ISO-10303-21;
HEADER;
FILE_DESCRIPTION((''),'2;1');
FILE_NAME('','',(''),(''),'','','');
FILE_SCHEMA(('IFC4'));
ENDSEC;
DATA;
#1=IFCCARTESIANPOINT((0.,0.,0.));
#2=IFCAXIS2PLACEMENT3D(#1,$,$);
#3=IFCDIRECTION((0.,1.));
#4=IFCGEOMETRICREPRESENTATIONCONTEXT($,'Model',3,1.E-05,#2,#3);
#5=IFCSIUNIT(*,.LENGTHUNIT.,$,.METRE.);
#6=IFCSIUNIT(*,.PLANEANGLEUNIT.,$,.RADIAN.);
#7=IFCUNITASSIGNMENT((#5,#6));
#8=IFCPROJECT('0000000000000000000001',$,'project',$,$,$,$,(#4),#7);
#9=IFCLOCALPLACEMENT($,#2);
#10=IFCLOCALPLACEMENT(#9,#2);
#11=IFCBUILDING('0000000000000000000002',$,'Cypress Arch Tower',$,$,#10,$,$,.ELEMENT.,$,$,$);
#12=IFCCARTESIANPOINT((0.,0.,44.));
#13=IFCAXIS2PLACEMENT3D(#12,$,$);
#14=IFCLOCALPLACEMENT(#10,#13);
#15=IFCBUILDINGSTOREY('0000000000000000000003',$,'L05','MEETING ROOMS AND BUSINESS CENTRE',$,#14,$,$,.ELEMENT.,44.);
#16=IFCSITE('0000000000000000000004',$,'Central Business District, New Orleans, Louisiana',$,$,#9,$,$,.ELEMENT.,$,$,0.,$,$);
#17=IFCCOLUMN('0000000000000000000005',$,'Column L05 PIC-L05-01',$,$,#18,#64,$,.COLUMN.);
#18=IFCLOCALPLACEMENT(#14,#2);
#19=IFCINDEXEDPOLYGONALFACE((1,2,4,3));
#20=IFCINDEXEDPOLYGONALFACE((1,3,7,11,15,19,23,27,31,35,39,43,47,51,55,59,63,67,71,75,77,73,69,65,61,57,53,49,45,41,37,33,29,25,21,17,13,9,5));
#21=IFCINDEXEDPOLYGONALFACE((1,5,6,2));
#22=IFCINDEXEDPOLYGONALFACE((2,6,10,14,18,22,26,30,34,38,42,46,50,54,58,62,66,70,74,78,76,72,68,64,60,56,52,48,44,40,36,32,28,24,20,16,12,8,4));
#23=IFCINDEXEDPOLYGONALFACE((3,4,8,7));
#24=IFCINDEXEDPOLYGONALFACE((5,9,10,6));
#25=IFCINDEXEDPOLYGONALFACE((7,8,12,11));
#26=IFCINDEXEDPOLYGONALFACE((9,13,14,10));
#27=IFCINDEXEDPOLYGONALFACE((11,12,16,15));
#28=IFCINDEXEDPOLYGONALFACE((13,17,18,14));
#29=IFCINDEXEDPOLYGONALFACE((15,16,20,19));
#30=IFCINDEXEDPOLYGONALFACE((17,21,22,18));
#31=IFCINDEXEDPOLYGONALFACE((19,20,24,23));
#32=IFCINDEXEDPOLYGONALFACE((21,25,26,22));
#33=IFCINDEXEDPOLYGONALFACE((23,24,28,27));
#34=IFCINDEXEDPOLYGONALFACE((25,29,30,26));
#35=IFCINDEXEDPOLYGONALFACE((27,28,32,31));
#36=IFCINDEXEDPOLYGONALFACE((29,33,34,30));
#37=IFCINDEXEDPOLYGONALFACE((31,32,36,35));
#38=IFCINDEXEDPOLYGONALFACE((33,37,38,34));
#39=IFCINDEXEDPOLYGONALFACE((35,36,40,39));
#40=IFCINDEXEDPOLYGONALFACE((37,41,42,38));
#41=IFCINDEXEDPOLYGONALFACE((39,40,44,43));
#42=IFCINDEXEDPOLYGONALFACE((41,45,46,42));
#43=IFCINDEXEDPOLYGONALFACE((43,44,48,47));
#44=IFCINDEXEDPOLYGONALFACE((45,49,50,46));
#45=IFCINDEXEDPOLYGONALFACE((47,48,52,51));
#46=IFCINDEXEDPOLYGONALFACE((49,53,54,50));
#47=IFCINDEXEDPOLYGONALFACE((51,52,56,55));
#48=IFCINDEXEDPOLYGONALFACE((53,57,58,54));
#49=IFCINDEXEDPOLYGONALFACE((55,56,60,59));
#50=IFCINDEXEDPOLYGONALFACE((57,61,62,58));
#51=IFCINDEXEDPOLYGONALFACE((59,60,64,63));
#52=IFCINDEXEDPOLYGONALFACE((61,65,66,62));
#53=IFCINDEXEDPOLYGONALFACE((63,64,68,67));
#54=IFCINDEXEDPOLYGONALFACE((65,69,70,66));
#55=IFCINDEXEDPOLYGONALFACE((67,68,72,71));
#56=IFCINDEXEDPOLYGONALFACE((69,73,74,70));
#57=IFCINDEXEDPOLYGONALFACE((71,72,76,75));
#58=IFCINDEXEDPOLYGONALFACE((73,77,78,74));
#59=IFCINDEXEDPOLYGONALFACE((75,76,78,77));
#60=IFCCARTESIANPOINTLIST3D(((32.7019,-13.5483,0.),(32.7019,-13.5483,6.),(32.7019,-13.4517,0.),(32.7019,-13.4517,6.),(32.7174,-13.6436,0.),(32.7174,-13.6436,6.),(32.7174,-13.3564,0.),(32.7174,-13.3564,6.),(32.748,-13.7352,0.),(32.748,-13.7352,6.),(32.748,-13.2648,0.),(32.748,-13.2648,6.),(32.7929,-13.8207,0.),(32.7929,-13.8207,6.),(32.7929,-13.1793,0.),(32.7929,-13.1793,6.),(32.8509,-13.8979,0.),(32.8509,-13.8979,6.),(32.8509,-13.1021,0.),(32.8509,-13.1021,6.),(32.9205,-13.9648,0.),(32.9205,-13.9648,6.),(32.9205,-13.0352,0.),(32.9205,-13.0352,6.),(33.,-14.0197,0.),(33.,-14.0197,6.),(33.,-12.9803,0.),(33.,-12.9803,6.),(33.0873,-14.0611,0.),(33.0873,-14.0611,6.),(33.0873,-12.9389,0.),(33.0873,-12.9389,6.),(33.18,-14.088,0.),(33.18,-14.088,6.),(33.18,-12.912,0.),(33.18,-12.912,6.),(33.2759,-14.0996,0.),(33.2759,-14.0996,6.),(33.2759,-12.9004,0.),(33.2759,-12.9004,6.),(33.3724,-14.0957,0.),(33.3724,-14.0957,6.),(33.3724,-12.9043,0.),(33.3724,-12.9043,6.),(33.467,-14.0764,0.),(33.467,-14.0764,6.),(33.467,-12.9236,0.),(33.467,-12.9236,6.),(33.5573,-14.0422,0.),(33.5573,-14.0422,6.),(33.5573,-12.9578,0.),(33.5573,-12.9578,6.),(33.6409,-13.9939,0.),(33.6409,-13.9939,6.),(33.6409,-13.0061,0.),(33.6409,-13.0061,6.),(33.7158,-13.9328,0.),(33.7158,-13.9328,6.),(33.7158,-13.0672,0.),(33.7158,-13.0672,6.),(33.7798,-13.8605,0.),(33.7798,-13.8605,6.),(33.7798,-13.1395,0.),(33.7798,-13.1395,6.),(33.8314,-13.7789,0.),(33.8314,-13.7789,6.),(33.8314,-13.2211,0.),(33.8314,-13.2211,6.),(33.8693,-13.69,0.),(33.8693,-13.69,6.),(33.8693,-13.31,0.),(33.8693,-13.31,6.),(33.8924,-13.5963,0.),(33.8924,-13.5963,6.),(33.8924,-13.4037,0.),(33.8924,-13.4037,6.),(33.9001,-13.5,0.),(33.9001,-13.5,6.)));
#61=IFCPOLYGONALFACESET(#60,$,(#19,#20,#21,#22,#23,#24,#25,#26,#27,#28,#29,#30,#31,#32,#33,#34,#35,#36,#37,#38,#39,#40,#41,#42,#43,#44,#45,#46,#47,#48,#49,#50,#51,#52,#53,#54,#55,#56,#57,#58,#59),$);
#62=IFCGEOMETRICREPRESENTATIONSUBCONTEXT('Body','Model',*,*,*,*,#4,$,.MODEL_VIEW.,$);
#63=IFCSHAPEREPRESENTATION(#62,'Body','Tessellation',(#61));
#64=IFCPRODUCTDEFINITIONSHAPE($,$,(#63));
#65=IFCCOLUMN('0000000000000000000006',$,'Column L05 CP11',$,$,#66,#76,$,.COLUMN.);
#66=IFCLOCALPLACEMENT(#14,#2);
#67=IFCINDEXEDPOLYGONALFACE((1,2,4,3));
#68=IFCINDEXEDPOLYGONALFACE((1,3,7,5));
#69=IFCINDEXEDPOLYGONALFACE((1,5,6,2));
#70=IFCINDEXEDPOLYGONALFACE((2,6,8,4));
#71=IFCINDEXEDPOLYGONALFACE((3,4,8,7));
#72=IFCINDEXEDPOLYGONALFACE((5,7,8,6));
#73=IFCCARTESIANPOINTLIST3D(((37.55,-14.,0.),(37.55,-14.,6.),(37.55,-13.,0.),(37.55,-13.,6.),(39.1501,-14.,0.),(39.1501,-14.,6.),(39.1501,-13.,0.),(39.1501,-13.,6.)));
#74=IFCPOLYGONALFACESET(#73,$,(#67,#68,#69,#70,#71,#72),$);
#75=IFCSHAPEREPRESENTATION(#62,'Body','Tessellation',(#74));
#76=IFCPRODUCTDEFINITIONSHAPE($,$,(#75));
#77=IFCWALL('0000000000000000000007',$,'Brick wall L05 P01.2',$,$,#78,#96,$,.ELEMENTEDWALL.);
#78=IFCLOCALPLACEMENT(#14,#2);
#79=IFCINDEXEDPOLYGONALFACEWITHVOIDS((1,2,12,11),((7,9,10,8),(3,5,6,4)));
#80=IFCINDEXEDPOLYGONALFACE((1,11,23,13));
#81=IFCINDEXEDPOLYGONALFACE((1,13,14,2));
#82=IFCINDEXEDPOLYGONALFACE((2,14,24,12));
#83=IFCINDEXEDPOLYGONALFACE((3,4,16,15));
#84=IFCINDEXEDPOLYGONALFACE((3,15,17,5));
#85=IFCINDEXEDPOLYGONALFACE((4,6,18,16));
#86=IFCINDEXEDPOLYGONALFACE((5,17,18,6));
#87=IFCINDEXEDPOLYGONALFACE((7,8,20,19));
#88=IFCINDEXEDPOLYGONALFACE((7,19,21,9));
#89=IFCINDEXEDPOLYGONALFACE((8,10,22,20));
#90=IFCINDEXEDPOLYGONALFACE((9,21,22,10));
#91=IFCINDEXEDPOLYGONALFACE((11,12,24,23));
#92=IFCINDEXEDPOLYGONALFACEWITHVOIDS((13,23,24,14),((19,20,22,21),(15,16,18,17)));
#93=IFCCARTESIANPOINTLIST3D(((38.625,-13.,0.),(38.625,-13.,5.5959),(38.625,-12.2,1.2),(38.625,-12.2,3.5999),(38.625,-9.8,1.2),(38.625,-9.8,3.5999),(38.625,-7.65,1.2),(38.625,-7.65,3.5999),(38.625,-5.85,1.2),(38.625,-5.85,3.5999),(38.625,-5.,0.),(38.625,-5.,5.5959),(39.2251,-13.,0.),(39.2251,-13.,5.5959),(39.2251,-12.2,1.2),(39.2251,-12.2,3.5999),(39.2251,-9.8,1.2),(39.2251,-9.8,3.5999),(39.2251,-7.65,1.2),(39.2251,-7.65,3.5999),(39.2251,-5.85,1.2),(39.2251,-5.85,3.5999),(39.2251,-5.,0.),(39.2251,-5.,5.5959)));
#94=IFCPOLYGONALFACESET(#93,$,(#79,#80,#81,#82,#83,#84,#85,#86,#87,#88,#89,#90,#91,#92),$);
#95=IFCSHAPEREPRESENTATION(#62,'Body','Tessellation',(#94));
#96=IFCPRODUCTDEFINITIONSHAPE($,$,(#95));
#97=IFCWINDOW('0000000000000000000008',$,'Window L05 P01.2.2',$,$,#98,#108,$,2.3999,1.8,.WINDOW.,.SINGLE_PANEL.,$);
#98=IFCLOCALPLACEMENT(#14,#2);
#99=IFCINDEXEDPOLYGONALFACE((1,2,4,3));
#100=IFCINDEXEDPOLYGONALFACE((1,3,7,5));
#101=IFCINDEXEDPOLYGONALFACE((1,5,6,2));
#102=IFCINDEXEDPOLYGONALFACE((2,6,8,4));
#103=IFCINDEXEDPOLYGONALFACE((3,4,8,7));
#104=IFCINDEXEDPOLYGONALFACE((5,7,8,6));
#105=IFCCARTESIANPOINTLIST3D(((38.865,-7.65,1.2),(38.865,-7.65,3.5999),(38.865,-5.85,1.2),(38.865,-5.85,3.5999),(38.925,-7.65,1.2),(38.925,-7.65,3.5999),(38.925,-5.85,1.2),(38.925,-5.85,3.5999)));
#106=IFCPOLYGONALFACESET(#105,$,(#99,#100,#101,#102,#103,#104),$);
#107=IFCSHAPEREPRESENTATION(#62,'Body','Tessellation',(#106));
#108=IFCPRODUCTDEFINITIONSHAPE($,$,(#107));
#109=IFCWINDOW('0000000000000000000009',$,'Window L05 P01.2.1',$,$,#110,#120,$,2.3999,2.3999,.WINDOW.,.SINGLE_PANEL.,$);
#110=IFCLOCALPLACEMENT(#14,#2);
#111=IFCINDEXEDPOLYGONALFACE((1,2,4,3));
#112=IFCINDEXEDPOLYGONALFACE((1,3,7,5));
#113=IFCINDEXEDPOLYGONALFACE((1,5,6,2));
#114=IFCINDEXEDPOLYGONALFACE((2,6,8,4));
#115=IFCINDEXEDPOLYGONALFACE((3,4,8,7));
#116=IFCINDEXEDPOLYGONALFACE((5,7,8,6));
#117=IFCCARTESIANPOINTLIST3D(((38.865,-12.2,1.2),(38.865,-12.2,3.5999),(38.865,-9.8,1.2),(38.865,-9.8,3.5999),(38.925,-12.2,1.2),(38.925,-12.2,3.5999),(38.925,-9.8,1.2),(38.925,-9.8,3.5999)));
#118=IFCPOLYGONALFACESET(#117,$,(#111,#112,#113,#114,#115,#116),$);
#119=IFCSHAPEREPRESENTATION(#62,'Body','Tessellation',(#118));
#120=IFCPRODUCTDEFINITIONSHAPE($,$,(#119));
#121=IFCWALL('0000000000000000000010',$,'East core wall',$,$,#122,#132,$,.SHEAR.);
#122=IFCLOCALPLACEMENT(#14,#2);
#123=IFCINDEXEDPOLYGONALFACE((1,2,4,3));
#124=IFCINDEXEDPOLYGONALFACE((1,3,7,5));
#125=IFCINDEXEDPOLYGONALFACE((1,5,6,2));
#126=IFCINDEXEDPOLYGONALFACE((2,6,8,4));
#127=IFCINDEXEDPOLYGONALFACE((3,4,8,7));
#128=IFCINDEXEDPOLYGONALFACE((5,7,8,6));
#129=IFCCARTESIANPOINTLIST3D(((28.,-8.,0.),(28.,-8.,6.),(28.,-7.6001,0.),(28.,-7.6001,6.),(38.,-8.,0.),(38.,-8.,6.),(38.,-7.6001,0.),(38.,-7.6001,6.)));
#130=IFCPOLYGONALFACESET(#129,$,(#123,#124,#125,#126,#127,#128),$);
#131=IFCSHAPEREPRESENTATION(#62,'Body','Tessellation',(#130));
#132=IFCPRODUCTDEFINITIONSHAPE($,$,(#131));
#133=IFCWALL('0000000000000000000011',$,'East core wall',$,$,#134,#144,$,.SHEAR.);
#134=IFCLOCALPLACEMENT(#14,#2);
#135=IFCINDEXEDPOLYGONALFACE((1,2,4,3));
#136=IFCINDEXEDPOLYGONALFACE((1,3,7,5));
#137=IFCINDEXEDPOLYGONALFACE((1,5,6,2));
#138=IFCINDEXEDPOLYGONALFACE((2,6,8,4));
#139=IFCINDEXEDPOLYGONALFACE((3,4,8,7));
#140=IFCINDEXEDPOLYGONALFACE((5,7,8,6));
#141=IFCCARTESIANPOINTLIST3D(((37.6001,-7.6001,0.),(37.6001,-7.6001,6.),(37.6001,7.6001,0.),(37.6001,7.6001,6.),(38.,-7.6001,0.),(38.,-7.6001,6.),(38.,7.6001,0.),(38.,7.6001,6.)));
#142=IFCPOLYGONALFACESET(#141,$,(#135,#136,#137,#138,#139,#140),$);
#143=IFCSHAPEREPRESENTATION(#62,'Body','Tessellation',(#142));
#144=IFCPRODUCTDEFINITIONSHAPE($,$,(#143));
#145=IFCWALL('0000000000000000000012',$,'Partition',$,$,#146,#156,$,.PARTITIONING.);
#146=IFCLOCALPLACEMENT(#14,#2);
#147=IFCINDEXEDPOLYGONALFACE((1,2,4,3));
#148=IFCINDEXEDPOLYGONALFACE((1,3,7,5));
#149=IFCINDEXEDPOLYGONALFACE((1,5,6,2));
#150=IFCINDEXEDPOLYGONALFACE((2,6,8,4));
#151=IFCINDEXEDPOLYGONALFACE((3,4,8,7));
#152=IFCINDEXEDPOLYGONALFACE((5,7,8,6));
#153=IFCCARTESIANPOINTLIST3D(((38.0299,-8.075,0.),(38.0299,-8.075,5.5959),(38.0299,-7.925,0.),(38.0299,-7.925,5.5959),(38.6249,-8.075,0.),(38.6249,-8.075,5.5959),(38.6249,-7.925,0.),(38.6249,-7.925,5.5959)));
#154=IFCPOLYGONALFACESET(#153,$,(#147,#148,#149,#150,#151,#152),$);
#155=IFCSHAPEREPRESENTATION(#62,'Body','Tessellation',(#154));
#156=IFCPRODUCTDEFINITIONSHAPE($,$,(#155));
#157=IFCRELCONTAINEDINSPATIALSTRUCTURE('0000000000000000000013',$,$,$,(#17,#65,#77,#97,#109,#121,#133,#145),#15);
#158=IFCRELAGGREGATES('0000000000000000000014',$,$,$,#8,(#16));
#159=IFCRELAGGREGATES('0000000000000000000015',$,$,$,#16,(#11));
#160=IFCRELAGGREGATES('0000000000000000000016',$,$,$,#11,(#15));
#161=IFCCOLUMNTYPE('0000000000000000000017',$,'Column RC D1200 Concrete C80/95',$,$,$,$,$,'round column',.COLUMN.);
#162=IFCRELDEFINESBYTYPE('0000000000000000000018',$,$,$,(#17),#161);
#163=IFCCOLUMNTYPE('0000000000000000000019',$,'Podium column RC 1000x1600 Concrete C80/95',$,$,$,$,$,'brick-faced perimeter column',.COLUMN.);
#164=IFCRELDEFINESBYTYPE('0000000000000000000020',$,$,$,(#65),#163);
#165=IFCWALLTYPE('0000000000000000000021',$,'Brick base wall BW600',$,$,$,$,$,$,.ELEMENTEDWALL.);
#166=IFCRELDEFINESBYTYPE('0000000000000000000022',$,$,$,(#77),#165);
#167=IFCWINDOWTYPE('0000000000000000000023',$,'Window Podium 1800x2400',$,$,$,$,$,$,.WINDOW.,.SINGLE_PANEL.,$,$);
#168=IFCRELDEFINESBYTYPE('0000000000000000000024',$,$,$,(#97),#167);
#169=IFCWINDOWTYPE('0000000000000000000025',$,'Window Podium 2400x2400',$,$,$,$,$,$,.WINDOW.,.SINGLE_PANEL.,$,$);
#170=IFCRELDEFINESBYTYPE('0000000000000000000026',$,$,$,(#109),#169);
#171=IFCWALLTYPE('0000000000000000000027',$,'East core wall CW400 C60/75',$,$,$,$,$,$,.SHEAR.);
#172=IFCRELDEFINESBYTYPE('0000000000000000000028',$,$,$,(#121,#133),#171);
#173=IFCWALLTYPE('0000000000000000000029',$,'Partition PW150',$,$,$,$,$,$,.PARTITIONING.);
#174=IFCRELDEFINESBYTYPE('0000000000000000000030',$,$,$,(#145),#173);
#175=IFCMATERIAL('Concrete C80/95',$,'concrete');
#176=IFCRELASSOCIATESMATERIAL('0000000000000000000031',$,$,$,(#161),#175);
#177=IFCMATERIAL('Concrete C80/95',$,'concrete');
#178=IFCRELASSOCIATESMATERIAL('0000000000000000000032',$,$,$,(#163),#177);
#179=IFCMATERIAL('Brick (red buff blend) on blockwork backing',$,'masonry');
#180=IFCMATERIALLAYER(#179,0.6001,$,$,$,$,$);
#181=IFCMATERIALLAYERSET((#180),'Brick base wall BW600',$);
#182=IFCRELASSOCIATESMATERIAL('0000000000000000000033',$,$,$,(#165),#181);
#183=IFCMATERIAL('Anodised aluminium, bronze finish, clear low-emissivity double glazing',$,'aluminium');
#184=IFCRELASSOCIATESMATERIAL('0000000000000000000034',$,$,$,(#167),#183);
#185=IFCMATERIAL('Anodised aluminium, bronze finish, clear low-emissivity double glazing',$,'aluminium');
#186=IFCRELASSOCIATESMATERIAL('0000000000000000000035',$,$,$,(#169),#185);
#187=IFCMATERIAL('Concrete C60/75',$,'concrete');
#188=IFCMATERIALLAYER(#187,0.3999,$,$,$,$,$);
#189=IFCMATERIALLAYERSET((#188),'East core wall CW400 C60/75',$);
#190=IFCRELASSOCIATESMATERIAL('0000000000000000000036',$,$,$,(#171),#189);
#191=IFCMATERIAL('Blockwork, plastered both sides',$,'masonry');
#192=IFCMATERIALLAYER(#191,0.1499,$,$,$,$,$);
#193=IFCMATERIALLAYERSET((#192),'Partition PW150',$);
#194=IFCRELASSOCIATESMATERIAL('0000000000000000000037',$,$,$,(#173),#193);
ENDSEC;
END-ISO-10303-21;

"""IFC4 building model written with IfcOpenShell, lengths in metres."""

from ifc_helpers import new_model, si_unit, direction, frame, frame_2d, origin, origin_2d, place, context, subcontext, project, spatial, rectangle, circle, extrude, material, layer, layer_set, material_profile, profile_set, type_object, element, fill, save


model = new_model("IFC4")

# Units and contexts
model_context = context("Model", 3, precision=1e-05, world=origin(), true_north=direction((0.0, 1.0)))
body_context = subcontext(model_context, "Body", "Model", "MODEL_VIEW")
ifc_project = project(units=[si_unit("LENGTHUNIT", "METRE"), si_unit("PLANEANGLEUNIT", "RADIAN")], contexts=[model_context])

# Site, building, storey
site_placement = place(None, origin())
site = spatial("IfcSite", under=ifc_project, at=site_placement, Name="Central Business District, New Orleans, Louisiana", CompositionType="ELEMENT", RefElevation=0.0)
building_placement = place(site_placement, origin())
building = spatial("IfcBuilding", under=site, at=building_placement, Name="Cypress Arch Tower", CompositionType="ELEMENT")
storey_placement = place(building_placement, frame((0.0, 0.0, 44.0)))
storey = spatial("IfcBuildingStorey", under=building, at=storey_placement, Name="L05", Description="MEETING ROOMS AND BUSINESS CENTRE", CompositionType="ELEMENT", Elevation=44.0)

# Columns
ifc_material_1 = material(Name="Concrete C80/95", Category="concrete")
ifc_material_profile_1 = material_profile(ifc_material_1, circle(Radius=0.6001, at=origin_2d()), Name="RC D1200")
ifc_profile_set_1 = profile_set([ifc_material_profile_1], Name="Concrete C80/95")
column_type_1 = type_object("IfcColumnType", Name="Column RC D1200 Concrete C80/95", ElementType="round column", PredefinedType="COLUMN", material=ifc_profile_set_1)
column_1_placement = place(storey_placement, frame((33.3, -13.5, 0.0), z_axis=(0.0, 0.0, 1.0), x_axis=(1.0, 0.0, 0.0)))
element("IfcColumn", 1, at=column_1_placement, inside=storey, type_object=column_type_1, Name="Column L05 PIC-L05-01", PredefinedType="COLUMN", context=body_context, shape_type="SweptSolid", body=[
    extrude(circle(Radius=0.6001, at=origin_2d()), origin(), (0.0, 0.0, 1.0), 6.0),
])
ifc_material_2 = material(Name="Concrete C80/95", Category="concrete")
ifc_material_profile_2 = material_profile(ifc_material_2, rectangle(XDim=1.0, YDim=1.6001, at=origin_2d()), Name="RC 1000x1600")
ifc_profile_set_2 = profile_set([ifc_material_profile_2], Name="Concrete C80/95")
column_type_2 = type_object("IfcColumnType", Name="Podium column RC 1000x1600 Concrete C80/95", ElementType="brick-faced perimeter column", PredefinedType="COLUMN", material=ifc_profile_set_2)
column_2_placement = place(storey_placement, frame((38.3501, -13.5, 0.0), z_axis=(0.0, 0.0, 1.0), x_axis=(0.0, 1.0, 0.0)))
element("IfcColumn", 2, at=column_2_placement, inside=storey, type_object=column_type_2, Name="Column L05 CP11", PredefinedType="COLUMN", context=body_context, shape_type="SweptSolid", body=[
    extrude(rectangle(XDim=1.0, YDim=1.6001, at=origin_2d()), origin(), (0.0, 0.0, 1.0), 6.0),
])

# Wall, openings, windows
ifc_material_3 = material(Name="Brick (red buff blend) on blockwork backing", Category="masonry")
ifc_layer_1 = layer(ifc_material_3, 0.6001)
ifc_layer_set_1 = layer_set([ifc_layer_1], Name="Brick base wall BW600")
wall_type_1 = type_object("IfcWallType", Name="Brick base wall BW600", PredefinedType="ELEMENTEDWALL", material=ifc_layer_set_1)
wall_1_placement = place(storey_placement, frame((38.925, -13.0, 0.0), z_axis=(0.0, 0.0, 1.0), x_axis=(0.0, 1.0, 0.0)))
wall_1 = element("IfcWall", 3, at=wall_1_placement, inside=storey, type_object=wall_type_1, Name="Brick wall L05 P01.2", PredefinedType="ELEMENTEDWALL", context=body_context, shape_type="SweptSolid", body=[
    extrude(rectangle(XDim=8.0, YDim=0.6001, at=frame_2d((4.0, 0.0))), origin(), (0.0, 0.0, 1.0), 5.5959),
])
opening_1_placement = place(wall_1_placement, frame((0.8, 0.0, 1.2)))
opening_1 = element("IfcOpeningElement", 4, at=opening_1_placement, cuts=wall_1, PredefinedType="OPENING", context=body_context, shape_type="SweptSolid", body=[
    extrude(rectangle(XDim=2.3999, YDim=2.3999, at=frame_2d((1.2, 1.2))), frame((0.0, 0.3101, 0.0), z_axis=(0.0, -1.0, 0.0), x_axis=(1.0, 0.0, 0.0)), (0.0, 0.0, 1.0), 0.6201),
])
opening_2_placement = place(wall_1_placement, frame((5.3501, 0.0, 1.2)))
opening_2 = element("IfcOpeningElement", 5, at=opening_2_placement, cuts=wall_1, PredefinedType="OPENING", context=body_context, shape_type="SweptSolid", body=[
    extrude(rectangle(XDim=1.8, YDim=2.3999, at=frame_2d((0.8999, 1.2))), frame((0.0, 0.3101, 0.0), z_axis=(0.0, -1.0, 0.0), x_axis=(1.0, 0.0, 0.0)), (0.0, 0.0, 1.0), 0.6201),
])
ifc_material_4 = material(Name="Anodised aluminium, bronze finish, clear low-emissivity double glazing", Category="aluminium")
window_type_1 = type_object("IfcWindowType", Name="Window Podium 1800x2400", PartitioningType="SINGLE_PANEL", PredefinedType="WINDOW", material=ifc_material_4)
window_1_placement = place(opening_2_placement, origin())
window_1 = element("IfcWindow", 6, at=window_1_placement, inside=storey, type_object=window_type_1, Name="Window L05 P01.2.2", OverallHeight=2.3999, OverallWidth=1.8, PartitioningType="SINGLE_PANEL", PredefinedType="WINDOW", context=body_context, shape_type="SweptSolid", body=[
    extrude(rectangle(XDim=1.8, YDim=2.3999, at=frame_2d((0.8999, 1.2))), frame((0.0, 0.0601, 0.0), z_axis=(0.0, -1.0, 0.0), x_axis=(1.0, 0.0, 0.0)), (0.0, 0.0, 1.0), 0.0601),
])
fill(opening_2, window_1)
ifc_material_5 = material(Name="Anodised aluminium, bronze finish, clear low-emissivity double glazing", Category="aluminium")
window_type_2 = type_object("IfcWindowType", Name="Window Podium 2400x2400", PartitioningType="SINGLE_PANEL", PredefinedType="WINDOW", material=ifc_material_5)
window_2_placement = place(opening_1_placement, origin())
window_2 = element("IfcWindow", 7, at=window_2_placement, inside=storey, type_object=window_type_2, Name="Window L05 P01.2.1", OverallHeight=2.3999, OverallWidth=2.3999, PartitioningType="SINGLE_PANEL", PredefinedType="WINDOW", context=body_context, shape_type="SweptSolid", body=[
    extrude(rectangle(XDim=2.3999, YDim=2.3999, at=frame_2d((1.2, 1.2))), frame((0.0, 0.0601, 0.0), z_axis=(0.0, -1.0, 0.0), x_axis=(1.0, 0.0, 0.0)), (0.0, 0.0, 1.0), 0.0601),
])
fill(opening_1, window_2)

# Walls
ifc_material_6 = material(Name="Concrete C60/75", Category="concrete")
ifc_layer_2 = layer(ifc_material_6, 0.3999)
ifc_layer_set_2 = layer_set([ifc_layer_2], Name="East core wall CW400 C60/75")
wall_type_2 = type_object("IfcWallType", Name="East core wall CW400 C60/75", PredefinedType="SHEAR", material=ifc_layer_set_2)
wall_2_placement = place(storey_placement, frame((28.0, -7.8, 0.0), z_axis=(0.0, 0.0, 1.0), x_axis=(1.0, 0.0, 0.0)))
element("IfcWall", 8, at=wall_2_placement, inside=storey, type_object=wall_type_2, Name="East core wall", PredefinedType="SHEAR", context=body_context, shape_type="SweptSolid", body=[
    extrude(rectangle(XDim=10.0, YDim=0.3999, at=frame_2d((5.0, 0.0))), origin(), (0.0, 0.0, 1.0), 6.0),
])
wall_3_placement = place(storey_placement, frame((37.8, -7.6001, 0.0), z_axis=(0.0, 0.0, 1.0), x_axis=(0.0, 1.0, 0.0)))
element("IfcWall", 9, at=wall_3_placement, inside=storey, type_object=wall_type_2, Name="East core wall", PredefinedType="SHEAR", context=body_context, shape_type="SweptSolid", body=[
    extrude(rectangle(XDim=15.2002, YDim=0.3999, at=frame_2d((7.6001, 0.0))), origin(), (0.0, 0.0, 1.0), 6.0),
])

# Wall
ifc_material_7 = material(Name="Blockwork, plastered both sides", Category="masonry")
ifc_layer_3 = layer(ifc_material_7, 0.1499)
ifc_layer_set_3 = layer_set([ifc_layer_3], Name="Partition PW150")
wall_type_3 = type_object("IfcWallType", Name="Partition PW150", PredefinedType="PARTITIONING", material=ifc_layer_set_3)
wall_4_placement = place(storey_placement, frame((38.03, -8.0, 0.0), z_axis=(0.0, 0.0, 1.0), x_axis=(1.0, 0.0, 0.0)))
element("IfcWall", 10, at=wall_4_placement, inside=storey, type_object=wall_type_3, Name="Partition", PredefinedType="PARTITIONING", context=body_context, shape_type="SweptSolid", body=[
    extrude(rectangle(XDim=0.595, YDim=0.1499, at=frame_2d((0.2974, 0.0))), origin(), (0.0, 0.0, 1.0), 5.5959),
])

save(model, "model.ifc")
